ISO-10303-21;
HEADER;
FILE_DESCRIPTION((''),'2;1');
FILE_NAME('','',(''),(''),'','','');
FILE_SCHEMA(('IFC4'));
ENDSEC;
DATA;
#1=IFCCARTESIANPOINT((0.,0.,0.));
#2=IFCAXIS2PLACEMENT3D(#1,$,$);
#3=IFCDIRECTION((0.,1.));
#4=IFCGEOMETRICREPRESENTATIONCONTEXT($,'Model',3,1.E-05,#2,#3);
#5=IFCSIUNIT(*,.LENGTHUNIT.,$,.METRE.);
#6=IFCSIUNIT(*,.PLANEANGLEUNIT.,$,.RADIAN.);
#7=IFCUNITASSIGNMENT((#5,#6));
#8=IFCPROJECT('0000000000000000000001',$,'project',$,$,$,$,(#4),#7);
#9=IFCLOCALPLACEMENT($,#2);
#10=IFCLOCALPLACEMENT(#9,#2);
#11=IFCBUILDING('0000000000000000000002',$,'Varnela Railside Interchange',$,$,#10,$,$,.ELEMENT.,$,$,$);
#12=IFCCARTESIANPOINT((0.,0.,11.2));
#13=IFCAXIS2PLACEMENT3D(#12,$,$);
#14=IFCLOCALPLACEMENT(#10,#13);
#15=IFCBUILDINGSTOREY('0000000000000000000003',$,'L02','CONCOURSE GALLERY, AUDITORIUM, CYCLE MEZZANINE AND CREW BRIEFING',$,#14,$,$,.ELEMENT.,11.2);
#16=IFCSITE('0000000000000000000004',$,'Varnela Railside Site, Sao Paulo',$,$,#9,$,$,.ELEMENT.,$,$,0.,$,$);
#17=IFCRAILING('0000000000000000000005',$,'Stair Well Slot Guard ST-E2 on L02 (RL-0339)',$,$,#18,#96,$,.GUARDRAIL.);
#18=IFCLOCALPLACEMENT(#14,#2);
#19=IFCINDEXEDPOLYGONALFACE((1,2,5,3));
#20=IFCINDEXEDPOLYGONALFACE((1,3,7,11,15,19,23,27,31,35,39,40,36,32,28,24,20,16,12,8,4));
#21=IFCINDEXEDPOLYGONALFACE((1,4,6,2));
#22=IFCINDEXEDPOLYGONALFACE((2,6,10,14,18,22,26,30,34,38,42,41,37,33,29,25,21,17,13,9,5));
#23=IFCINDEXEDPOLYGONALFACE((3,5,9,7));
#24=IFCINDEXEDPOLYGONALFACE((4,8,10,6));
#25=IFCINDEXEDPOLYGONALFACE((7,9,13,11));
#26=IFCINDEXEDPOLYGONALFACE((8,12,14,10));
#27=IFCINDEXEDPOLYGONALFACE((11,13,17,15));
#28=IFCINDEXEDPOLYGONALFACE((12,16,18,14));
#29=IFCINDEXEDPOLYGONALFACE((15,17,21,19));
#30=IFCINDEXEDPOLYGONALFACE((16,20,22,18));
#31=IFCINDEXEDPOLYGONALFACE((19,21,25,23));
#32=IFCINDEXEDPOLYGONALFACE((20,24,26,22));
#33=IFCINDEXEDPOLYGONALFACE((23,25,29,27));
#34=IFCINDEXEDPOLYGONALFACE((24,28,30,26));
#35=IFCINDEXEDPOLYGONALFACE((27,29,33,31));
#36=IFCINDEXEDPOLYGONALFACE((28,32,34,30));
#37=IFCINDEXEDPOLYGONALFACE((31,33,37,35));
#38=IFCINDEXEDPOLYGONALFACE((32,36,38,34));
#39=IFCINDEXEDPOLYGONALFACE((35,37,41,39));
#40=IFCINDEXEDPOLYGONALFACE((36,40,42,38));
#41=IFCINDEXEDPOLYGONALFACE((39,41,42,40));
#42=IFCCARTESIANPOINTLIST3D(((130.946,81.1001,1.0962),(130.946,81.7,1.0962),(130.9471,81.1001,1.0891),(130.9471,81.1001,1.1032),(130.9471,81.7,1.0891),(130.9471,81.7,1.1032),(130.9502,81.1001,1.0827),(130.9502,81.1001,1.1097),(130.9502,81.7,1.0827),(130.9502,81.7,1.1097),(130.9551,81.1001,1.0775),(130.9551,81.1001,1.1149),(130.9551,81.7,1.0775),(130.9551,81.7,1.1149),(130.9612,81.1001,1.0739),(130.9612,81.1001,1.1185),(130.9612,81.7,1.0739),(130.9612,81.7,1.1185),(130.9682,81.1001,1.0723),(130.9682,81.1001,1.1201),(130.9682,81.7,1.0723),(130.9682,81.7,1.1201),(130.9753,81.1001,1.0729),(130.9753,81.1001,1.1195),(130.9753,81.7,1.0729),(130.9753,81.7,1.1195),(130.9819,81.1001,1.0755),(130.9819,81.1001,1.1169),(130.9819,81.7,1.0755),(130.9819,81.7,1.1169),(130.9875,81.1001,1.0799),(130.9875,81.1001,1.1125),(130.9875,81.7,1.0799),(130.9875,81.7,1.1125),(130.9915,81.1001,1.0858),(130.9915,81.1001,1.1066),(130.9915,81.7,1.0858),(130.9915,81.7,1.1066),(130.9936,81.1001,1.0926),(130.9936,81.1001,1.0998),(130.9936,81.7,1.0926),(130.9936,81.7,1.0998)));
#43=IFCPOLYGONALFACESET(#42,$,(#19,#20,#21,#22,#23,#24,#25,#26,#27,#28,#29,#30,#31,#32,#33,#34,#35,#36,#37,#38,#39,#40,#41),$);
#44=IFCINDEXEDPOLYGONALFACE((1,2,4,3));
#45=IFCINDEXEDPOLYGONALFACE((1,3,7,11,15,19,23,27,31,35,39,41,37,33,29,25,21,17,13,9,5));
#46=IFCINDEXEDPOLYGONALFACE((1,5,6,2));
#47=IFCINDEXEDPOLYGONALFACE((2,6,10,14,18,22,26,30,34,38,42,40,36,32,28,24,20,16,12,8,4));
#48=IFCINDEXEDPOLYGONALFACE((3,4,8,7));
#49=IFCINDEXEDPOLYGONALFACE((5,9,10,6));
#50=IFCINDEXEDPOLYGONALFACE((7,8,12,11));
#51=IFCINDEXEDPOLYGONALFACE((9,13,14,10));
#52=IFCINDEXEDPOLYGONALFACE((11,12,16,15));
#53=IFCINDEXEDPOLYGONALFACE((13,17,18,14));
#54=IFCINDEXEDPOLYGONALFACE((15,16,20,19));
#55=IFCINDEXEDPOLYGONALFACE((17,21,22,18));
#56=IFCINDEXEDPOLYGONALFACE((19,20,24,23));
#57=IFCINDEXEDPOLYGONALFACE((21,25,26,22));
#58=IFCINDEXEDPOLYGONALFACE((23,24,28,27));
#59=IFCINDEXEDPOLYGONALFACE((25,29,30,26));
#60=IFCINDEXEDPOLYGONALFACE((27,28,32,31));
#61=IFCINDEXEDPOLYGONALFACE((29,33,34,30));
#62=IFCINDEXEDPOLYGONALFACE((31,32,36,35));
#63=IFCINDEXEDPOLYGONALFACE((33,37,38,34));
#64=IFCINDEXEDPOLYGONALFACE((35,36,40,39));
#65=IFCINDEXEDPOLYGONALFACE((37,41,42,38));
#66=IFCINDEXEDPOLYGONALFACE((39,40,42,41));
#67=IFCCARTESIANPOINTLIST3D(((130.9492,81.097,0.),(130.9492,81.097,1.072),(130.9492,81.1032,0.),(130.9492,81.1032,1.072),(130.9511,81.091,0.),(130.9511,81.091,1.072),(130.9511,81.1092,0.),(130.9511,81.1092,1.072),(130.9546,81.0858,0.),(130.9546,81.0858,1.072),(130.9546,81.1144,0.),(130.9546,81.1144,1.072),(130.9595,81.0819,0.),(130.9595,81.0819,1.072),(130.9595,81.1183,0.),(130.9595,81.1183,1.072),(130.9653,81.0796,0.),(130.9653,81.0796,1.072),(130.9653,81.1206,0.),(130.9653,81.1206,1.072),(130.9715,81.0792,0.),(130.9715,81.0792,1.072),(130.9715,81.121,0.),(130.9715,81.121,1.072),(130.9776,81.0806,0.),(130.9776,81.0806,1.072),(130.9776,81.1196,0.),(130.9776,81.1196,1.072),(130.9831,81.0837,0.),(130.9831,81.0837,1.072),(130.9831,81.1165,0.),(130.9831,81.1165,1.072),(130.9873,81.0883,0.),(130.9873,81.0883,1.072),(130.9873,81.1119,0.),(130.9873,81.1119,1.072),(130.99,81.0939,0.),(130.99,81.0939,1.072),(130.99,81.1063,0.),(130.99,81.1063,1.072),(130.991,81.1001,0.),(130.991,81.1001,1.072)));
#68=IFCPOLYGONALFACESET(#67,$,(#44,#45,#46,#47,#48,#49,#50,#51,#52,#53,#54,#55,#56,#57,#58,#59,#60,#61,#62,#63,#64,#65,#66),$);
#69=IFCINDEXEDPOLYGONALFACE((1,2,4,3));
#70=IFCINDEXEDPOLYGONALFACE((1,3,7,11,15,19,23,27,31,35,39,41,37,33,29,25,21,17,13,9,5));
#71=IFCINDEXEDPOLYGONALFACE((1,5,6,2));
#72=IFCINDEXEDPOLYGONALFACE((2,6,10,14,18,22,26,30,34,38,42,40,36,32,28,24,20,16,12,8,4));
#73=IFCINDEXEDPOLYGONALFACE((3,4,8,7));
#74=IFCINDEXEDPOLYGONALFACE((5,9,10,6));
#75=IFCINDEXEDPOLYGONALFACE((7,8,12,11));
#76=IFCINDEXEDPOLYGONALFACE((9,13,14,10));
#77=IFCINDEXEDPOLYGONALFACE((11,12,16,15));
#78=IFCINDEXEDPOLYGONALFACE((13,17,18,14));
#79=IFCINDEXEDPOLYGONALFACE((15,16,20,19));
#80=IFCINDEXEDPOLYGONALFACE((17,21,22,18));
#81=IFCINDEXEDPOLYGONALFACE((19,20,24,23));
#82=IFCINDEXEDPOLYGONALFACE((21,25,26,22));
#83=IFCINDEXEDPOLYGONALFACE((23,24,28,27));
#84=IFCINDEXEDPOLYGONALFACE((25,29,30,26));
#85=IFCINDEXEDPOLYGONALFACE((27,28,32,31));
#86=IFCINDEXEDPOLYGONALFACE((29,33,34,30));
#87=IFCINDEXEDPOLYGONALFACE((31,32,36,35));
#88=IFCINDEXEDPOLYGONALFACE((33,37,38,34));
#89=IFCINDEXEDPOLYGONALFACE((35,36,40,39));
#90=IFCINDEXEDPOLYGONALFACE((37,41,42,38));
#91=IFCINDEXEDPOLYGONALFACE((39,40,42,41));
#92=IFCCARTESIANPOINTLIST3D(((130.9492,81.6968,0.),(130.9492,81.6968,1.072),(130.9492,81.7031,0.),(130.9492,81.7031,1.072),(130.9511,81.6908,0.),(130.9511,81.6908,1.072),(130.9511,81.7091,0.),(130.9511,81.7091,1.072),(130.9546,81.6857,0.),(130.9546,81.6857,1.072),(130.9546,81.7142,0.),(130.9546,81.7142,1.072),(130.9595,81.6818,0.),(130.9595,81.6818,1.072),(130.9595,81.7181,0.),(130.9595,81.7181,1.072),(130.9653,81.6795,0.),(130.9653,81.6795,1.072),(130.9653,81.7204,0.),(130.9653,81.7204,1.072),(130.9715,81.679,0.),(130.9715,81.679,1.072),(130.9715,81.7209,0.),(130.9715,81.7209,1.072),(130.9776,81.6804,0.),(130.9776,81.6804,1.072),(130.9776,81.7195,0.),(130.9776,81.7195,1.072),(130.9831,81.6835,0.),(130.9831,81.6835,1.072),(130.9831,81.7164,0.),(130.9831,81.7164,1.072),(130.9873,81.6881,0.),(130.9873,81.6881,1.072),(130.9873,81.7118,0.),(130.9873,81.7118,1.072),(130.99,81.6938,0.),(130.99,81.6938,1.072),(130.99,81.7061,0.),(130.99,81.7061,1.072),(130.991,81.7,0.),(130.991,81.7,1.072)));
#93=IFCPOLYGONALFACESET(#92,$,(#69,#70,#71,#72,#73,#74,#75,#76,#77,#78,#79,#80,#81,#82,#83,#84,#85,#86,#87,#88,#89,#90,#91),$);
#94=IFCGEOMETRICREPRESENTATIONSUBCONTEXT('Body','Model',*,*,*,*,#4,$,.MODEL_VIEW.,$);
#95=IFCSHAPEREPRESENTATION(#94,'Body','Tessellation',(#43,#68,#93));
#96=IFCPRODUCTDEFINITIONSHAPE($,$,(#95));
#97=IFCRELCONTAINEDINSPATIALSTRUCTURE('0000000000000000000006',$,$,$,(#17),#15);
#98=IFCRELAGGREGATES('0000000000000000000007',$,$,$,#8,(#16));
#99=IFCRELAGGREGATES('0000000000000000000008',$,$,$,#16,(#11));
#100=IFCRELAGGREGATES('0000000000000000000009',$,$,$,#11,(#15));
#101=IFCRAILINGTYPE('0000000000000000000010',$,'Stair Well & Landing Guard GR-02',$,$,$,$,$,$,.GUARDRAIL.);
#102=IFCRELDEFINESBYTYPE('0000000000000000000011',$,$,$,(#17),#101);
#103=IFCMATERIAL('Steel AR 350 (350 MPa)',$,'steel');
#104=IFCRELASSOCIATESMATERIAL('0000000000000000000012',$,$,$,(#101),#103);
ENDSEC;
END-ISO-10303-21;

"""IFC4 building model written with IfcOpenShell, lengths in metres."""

from ifc_helpers import new_model, si_unit, direction, frame, origin, origin_2d, place, context, subcontext, project, spatial, circle, extrude, material, type_object, element, save


model = new_model("IFC4")

# Units and contexts
model_context = context("Model", 3, precision=1e-05, world=origin(), true_north=direction((0.0, 1.0)))
body_context = subcontext(model_context, "Body", "Model", "MODEL_VIEW")
ifc_project = project(units=[si_unit("LENGTHUNIT", "METRE"), si_unit("PLANEANGLEUNIT", "RADIAN")], contexts=[model_context])

# Site, building, storey
site_placement = place(None, origin())
site = spatial("IfcSite", under=ifc_project, at=site_placement, Name="Varnela Railside Site, Sao Paulo", CompositionType="ELEMENT", RefElevation=0.0)
building_placement = place(site_placement, origin())
building = spatial("IfcBuilding", under=site, at=building_placement, Name="Varnela Railside Interchange", CompositionType="ELEMENT")
storey_placement = place(building_placement, frame((0.0, 0.0, 11.2)))
storey = spatial("IfcBuildingStorey", under=building, at=storey_placement, Name="L02", Description="CONCOURSE GALLERY, AUDITORIUM, CYCLE MEZZANINE AND CREW BRIEFING", CompositionType="ELEMENT", Elevation=11.2)

# Shared definitions
ifc_material_1 = material(Name="Steel AR 350 (350 MPa)", Category="steel")

# Railing
railing_type_1 = type_object("IfcRailingType", Name="Stair Well & Landing Guard GR-02", PredefinedType="GUARDRAIL", material=ifc_material_1)
railing_1_placement = place(storey_placement, frame((130.97, 81.1001, 0.0)))
element("IfcRailing", 1, at=railing_1_placement, inside=storey, type_object=railing_type_1, Name="Stair Well Slot Guard ST-E2 on L02 (RL-0339)", PredefinedType="GUARDRAIL", context=body_context, shape_type="SweptSolid", body=[
    extrude(circle(Radius=0.0239, at=origin_2d()), frame((0.0, 0.0, 1.0962), z_axis=(0.0, 1.0, 0.0), x_axis=(-1.0, 0.0, 0.0)), (0.0, 0.0, 1.0), 0.5999),
    extrude(circle(Radius=0.021, at=origin_2d()), origin(), (0.0, 0.0, 1.0), 1.072),
    extrude(circle(Radius=0.021, at=origin_2d()), frame((0.0, 0.5999, 0.0)), (0.0, 0.0, 1.0), 1.072),
])

save(model, "model.ifc")
